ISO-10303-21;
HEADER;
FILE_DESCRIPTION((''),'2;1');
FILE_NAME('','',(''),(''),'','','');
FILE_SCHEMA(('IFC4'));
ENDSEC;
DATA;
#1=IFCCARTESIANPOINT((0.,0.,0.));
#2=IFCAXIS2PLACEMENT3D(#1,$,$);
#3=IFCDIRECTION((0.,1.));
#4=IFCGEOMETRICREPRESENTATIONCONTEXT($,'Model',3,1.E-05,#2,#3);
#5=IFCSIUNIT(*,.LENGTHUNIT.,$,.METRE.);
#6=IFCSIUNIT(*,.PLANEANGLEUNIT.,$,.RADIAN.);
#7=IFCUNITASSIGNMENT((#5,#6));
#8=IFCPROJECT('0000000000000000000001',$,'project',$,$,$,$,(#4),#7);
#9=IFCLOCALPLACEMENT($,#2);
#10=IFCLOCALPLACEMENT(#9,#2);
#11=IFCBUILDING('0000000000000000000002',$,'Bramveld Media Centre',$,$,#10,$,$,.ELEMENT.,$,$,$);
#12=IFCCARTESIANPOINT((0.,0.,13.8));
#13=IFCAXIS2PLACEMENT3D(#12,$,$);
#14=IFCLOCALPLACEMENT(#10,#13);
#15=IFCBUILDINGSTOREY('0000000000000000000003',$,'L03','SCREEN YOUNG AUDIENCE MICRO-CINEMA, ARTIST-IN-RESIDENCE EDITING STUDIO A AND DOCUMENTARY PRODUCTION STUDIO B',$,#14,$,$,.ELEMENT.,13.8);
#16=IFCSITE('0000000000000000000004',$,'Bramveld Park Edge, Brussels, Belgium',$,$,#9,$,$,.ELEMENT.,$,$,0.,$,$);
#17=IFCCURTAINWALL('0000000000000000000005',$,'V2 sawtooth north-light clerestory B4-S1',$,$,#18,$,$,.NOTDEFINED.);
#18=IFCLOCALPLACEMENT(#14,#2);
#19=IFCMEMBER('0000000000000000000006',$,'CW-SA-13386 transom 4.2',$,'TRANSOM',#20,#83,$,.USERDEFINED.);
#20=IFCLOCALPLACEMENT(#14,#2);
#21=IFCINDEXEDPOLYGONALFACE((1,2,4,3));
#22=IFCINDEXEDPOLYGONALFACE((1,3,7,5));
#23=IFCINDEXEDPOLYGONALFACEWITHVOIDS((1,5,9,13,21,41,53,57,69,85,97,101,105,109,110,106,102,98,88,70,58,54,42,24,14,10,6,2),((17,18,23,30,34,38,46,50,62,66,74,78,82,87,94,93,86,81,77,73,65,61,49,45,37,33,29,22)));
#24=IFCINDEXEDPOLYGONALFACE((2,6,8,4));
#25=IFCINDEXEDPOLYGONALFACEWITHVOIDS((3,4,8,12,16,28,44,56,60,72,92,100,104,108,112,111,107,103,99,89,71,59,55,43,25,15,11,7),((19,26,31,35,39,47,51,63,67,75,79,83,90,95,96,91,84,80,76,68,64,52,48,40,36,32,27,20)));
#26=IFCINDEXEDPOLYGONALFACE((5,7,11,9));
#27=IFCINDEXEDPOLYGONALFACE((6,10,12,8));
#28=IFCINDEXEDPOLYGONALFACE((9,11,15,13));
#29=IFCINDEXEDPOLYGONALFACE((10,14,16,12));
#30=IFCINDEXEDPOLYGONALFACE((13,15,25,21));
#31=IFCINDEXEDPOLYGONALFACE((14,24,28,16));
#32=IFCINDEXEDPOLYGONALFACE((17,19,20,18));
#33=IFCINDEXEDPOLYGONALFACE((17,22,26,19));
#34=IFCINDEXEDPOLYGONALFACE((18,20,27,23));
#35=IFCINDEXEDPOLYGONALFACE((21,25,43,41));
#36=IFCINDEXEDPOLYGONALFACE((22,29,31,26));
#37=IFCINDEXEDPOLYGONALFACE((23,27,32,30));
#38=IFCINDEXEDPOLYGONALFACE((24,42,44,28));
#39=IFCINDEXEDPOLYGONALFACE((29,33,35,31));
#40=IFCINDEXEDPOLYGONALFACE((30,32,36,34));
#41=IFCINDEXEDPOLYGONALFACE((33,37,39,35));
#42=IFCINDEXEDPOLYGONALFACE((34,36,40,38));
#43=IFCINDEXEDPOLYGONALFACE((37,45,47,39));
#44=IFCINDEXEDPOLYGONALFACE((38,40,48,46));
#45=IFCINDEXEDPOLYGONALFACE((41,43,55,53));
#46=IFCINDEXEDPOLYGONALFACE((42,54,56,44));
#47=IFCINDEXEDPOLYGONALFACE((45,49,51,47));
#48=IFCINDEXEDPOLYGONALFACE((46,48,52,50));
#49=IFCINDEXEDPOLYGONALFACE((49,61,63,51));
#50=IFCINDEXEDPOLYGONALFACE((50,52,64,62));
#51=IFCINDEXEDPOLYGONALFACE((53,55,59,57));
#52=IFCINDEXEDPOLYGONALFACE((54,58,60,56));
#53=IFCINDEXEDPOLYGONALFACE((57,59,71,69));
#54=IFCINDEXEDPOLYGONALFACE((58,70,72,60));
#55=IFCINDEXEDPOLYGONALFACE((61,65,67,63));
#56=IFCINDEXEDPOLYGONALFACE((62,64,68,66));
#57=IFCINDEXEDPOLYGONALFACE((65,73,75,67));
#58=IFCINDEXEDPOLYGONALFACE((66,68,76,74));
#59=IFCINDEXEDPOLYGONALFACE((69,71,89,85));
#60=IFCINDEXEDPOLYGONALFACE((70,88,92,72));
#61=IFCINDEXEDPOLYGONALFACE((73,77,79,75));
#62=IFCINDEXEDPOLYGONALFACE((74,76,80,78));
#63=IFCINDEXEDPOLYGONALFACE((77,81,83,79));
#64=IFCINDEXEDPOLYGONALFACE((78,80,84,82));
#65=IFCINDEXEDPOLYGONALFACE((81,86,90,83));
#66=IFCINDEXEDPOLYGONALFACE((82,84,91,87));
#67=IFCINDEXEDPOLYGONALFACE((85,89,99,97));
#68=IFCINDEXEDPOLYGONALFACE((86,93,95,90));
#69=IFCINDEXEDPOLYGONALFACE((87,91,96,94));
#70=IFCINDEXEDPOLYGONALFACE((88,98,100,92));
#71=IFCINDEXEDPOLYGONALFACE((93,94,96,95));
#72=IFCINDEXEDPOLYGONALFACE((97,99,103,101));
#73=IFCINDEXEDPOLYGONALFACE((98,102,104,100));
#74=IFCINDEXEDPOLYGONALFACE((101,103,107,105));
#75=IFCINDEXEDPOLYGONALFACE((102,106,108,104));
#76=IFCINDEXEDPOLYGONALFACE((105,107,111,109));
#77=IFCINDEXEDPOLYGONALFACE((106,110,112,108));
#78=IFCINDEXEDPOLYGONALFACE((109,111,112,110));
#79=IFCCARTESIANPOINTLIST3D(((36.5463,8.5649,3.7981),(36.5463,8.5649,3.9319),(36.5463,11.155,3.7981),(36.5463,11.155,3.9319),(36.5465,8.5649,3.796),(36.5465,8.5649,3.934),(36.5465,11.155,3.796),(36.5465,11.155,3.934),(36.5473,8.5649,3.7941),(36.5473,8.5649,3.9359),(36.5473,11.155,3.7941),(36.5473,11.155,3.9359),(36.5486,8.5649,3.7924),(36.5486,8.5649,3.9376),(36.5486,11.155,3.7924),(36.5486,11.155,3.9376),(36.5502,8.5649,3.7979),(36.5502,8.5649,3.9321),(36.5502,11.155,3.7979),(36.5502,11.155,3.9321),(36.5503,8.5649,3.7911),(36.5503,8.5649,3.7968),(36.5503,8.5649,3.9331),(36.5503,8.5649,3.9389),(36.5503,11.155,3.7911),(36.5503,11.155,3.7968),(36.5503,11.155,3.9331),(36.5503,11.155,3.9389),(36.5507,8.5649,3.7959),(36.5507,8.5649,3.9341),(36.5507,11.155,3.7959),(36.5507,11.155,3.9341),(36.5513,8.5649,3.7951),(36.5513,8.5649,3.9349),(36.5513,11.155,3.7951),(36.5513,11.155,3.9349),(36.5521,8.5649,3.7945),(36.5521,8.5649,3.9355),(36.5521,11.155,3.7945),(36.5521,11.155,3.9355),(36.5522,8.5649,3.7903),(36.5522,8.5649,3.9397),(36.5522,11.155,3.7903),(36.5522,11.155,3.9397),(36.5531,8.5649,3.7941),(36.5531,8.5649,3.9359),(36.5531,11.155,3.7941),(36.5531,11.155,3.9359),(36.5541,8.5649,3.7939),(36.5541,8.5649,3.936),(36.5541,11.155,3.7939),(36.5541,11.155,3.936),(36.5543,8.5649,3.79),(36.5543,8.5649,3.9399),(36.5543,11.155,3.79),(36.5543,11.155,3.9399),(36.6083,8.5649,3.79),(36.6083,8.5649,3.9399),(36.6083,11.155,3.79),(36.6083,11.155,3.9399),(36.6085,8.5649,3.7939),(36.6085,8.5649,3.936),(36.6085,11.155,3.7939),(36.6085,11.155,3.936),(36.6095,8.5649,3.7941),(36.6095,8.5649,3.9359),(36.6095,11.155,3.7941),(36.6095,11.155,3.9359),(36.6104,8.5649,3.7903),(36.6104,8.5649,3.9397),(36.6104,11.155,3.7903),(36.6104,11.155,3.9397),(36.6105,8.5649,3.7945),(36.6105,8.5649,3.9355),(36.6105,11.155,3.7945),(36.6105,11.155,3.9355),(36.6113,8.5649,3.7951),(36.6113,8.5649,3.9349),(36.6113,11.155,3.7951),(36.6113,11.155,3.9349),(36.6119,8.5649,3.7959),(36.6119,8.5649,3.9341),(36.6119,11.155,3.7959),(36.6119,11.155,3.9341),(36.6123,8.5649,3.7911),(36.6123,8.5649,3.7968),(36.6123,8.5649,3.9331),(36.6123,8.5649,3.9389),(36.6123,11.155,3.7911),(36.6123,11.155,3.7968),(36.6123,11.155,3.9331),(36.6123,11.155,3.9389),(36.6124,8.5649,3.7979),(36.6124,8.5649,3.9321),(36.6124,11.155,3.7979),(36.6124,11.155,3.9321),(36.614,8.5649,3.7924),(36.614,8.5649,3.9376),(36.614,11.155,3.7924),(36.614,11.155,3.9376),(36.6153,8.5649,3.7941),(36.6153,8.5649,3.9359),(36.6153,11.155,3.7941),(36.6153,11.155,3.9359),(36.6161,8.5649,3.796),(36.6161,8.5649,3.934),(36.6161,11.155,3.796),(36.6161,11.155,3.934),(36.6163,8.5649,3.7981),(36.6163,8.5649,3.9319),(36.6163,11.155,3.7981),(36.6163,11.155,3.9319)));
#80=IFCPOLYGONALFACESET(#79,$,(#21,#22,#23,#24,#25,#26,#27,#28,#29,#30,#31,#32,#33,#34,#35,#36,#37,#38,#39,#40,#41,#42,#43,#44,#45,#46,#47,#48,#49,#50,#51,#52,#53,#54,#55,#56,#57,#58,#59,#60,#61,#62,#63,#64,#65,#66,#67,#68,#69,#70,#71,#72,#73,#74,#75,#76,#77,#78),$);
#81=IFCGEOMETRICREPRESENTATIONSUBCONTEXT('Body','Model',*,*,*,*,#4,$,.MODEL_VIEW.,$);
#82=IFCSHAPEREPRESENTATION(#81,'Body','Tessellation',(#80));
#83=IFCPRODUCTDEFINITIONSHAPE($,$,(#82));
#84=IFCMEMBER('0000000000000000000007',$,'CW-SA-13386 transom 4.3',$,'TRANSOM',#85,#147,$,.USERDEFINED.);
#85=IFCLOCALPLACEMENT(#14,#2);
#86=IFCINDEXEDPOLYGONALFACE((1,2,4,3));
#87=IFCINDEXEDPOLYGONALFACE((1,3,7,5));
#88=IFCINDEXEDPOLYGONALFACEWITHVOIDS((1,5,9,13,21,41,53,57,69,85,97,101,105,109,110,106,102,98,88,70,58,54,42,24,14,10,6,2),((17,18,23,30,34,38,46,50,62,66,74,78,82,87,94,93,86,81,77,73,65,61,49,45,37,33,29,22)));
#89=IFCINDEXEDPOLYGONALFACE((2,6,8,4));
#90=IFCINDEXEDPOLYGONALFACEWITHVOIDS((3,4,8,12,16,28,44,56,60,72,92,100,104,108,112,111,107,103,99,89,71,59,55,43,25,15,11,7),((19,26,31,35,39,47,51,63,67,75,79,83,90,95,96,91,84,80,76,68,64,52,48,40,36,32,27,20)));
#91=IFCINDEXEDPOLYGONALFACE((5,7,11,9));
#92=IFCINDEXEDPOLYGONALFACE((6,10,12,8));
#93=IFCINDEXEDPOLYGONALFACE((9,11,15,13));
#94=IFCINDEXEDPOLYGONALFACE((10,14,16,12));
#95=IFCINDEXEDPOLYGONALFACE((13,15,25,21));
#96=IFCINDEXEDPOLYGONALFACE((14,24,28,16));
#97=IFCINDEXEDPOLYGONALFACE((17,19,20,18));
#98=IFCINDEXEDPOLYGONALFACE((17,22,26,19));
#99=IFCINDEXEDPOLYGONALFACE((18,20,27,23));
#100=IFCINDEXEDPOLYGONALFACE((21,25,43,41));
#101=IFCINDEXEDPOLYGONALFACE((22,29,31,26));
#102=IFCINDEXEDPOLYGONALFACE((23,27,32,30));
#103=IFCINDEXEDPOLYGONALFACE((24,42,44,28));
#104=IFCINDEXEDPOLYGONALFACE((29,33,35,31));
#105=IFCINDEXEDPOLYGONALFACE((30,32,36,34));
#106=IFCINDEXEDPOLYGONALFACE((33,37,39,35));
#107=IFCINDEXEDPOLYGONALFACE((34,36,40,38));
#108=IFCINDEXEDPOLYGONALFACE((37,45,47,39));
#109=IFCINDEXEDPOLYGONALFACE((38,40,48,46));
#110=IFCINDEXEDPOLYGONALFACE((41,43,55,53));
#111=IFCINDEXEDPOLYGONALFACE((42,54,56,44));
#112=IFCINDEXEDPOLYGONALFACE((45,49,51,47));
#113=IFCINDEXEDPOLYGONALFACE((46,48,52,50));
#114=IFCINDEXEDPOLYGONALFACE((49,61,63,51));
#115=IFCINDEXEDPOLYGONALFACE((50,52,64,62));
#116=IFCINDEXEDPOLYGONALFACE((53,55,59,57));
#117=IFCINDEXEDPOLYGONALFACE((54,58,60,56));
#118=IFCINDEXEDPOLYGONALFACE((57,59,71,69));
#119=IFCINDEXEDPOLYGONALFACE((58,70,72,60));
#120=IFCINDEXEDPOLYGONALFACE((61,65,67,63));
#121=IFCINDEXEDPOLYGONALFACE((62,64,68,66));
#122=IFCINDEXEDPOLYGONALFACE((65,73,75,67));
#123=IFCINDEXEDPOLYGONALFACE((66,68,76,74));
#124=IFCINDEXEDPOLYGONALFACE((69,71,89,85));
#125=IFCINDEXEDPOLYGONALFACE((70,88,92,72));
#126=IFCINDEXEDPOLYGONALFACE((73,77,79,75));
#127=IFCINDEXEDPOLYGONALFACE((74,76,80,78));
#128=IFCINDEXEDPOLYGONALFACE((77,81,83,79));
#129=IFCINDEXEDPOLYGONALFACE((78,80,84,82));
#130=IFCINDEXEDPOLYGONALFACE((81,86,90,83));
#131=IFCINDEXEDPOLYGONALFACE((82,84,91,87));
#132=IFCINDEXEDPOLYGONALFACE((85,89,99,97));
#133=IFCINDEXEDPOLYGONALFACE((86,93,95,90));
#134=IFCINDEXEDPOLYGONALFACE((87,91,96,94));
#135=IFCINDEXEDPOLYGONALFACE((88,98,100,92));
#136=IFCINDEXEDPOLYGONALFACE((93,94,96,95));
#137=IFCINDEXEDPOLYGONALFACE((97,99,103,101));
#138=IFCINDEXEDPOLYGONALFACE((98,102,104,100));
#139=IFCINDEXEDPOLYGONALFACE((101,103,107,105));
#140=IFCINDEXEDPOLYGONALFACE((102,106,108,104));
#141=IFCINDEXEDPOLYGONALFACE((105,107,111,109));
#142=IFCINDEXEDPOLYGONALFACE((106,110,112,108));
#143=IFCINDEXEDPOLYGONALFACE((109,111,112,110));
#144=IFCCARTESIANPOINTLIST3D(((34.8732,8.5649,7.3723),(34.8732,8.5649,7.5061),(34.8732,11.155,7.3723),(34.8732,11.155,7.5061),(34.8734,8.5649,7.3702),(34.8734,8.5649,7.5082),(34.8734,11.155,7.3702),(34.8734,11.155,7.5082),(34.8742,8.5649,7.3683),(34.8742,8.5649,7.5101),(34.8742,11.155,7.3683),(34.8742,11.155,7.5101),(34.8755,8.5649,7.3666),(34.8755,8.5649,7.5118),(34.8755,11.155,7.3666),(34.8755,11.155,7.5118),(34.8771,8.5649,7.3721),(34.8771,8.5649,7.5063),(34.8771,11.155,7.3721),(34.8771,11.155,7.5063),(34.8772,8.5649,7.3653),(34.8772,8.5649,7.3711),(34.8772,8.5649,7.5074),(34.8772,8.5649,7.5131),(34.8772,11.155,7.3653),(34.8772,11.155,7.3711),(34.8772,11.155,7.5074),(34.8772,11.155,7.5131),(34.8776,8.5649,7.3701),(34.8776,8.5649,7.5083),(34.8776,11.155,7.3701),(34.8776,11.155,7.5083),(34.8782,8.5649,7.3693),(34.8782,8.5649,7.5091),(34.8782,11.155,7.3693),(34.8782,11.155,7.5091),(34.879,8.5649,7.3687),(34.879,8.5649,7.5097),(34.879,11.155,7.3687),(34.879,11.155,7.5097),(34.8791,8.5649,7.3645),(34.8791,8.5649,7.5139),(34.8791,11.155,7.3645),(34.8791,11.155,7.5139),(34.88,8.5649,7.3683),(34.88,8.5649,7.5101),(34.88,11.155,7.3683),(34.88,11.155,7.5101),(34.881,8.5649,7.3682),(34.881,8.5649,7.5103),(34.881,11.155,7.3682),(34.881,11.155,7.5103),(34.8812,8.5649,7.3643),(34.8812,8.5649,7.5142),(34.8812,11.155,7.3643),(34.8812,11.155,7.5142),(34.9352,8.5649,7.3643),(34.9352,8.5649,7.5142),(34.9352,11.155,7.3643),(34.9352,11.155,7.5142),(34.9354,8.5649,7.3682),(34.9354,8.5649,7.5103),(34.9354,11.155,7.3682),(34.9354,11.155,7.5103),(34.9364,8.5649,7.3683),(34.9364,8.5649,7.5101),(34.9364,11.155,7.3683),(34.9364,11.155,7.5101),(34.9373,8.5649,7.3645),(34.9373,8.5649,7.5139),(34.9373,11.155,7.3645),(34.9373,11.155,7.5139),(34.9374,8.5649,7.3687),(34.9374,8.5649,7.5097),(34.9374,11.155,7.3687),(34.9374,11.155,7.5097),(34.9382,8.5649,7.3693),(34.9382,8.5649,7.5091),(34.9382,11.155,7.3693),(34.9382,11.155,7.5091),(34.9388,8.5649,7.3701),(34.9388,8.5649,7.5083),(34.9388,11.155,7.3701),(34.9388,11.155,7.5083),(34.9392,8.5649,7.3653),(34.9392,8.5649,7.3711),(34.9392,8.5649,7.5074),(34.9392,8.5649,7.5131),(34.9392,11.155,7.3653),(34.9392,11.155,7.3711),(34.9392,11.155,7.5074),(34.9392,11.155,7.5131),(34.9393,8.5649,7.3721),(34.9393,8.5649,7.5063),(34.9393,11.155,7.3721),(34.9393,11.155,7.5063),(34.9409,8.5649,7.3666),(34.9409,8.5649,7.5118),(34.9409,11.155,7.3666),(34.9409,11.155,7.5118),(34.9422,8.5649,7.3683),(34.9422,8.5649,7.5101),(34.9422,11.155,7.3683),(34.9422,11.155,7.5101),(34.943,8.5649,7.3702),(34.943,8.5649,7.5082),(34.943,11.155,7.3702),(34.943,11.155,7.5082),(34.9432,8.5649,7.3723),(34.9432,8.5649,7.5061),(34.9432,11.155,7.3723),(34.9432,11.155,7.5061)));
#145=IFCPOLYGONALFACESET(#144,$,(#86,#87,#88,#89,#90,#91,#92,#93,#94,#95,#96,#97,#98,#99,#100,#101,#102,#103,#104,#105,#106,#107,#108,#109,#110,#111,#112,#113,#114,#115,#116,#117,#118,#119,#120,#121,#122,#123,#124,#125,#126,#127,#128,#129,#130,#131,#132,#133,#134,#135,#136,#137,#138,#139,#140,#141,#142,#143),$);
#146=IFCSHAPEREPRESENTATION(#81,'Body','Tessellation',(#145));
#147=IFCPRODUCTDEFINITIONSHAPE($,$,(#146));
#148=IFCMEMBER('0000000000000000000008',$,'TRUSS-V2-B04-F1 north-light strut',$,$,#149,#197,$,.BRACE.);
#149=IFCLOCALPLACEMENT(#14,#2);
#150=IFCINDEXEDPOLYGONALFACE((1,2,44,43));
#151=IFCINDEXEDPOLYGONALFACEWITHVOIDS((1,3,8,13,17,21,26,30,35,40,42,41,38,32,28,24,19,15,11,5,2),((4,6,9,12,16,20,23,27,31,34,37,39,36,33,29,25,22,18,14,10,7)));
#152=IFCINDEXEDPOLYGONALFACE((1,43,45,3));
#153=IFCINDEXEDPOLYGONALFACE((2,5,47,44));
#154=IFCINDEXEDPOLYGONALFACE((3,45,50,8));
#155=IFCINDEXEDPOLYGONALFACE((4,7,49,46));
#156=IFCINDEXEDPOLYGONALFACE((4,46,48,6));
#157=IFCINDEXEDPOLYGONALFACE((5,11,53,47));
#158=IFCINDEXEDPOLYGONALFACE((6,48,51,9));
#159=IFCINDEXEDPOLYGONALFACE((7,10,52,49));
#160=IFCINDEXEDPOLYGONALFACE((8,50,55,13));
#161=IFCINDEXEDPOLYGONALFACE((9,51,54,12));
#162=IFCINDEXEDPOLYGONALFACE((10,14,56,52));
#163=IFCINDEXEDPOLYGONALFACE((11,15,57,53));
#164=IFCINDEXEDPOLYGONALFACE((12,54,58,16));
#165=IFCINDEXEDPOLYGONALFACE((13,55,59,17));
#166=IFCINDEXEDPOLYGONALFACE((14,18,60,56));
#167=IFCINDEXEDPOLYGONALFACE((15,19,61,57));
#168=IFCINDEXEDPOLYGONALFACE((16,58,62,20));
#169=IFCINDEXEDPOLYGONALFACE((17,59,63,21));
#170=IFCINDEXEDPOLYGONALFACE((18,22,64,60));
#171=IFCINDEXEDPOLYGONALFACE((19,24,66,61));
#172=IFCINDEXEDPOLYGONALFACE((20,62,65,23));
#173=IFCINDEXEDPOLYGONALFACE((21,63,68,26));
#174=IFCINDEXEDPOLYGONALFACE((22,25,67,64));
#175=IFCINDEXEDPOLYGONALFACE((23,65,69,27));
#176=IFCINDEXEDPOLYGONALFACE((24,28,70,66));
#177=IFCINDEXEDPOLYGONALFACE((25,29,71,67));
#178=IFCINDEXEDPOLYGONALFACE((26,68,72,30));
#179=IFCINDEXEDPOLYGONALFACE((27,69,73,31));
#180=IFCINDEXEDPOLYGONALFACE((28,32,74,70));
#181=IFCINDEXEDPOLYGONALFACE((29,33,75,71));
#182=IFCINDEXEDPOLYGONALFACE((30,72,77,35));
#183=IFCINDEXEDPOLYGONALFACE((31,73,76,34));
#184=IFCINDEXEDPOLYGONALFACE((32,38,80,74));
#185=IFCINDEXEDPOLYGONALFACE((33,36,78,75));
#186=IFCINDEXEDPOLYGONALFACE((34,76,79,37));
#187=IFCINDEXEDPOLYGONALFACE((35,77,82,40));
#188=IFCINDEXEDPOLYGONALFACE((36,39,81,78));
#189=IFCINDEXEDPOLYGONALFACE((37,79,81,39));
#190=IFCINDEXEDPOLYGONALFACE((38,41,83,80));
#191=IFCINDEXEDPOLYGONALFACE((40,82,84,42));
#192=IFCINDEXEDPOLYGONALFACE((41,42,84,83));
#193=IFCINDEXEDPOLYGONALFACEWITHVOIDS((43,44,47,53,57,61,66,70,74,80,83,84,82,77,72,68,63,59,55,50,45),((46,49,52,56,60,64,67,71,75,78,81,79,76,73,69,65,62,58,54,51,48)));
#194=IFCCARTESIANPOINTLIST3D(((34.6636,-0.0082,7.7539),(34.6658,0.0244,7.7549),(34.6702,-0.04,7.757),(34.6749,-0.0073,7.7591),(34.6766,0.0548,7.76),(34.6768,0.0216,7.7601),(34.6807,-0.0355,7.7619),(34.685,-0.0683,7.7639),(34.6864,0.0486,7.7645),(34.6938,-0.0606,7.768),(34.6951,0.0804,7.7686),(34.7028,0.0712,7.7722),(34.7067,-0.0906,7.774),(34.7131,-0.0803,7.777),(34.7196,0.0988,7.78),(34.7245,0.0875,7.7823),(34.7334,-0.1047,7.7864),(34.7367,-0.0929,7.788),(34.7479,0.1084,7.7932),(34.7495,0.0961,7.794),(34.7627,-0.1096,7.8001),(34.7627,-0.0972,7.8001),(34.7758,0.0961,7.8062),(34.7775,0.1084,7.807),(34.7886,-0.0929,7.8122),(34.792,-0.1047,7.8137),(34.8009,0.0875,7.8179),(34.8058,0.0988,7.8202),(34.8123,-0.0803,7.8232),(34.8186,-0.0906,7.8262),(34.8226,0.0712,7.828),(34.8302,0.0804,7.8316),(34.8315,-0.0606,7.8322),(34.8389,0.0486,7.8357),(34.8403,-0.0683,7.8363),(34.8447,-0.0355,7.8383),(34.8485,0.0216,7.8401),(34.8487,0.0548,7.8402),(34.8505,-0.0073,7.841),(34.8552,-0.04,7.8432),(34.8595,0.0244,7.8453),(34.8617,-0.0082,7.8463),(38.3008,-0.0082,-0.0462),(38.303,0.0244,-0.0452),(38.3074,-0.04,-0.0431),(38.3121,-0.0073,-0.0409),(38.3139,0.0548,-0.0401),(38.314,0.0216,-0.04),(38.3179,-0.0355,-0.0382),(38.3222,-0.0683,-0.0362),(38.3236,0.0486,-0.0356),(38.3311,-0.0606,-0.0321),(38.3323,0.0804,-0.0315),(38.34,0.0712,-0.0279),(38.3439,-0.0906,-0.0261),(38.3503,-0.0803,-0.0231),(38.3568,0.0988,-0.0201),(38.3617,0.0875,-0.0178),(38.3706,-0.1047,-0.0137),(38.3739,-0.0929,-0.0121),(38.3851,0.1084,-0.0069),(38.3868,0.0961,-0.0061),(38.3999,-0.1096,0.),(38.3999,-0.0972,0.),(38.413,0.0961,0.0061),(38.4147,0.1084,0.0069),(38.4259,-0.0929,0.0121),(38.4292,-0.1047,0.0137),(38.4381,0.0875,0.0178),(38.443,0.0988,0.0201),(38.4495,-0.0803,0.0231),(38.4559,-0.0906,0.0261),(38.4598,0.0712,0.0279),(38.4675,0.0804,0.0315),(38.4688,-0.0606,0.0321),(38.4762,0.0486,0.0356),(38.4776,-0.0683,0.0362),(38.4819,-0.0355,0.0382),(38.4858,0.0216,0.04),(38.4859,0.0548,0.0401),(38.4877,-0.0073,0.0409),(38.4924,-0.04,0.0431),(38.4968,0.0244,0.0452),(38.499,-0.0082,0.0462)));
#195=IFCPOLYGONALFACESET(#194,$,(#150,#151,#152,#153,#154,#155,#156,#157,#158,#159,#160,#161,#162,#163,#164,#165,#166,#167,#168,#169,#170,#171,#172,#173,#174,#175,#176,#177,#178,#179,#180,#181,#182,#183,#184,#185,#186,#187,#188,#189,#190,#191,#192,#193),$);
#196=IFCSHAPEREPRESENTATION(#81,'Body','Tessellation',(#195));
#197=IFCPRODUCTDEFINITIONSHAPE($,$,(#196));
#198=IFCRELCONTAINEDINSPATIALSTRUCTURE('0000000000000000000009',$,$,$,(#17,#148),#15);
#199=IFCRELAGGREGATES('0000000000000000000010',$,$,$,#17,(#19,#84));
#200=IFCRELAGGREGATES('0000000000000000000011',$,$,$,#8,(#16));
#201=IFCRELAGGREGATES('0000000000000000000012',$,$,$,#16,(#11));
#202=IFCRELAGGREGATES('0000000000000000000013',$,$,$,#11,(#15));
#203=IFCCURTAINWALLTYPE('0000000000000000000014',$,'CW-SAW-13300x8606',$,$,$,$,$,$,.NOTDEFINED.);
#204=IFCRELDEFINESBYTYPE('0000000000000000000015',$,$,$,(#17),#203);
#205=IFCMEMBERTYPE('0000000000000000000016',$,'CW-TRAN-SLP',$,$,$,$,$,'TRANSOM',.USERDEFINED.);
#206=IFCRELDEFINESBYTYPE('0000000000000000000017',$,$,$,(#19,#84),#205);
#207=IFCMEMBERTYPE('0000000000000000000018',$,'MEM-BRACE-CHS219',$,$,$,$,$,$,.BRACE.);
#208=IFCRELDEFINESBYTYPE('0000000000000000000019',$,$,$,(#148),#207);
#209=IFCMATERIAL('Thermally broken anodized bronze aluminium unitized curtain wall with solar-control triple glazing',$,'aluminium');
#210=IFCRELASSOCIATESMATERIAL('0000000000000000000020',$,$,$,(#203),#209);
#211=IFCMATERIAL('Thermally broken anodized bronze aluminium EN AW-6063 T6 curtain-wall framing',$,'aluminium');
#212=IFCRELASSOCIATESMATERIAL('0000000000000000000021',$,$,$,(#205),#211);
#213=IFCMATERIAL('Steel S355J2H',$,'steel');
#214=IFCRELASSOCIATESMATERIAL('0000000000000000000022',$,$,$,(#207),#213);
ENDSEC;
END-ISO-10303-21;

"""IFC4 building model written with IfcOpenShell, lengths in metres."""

from ifc_helpers import new_model, si_unit, direction, frame, origin, origin_2d, place, context, subcontext, project, spatial, hollow_rectangle, hollow_circle, extrude, material, material_profile, profile_set, type_object, element, aggregate, save


model = new_model("IFC4")

# Units and contexts
model_context = context("Model", 3, precision=1e-05, world=origin(), true_north=direction((0.0, 1.0)))
body_context = subcontext(model_context, "Body", "Model", "MODEL_VIEW")
ifc_project = project(units=[si_unit("LENGTHUNIT", "METRE"), si_unit("PLANEANGLEUNIT", "RADIAN")], contexts=[model_context])

# Site, building, storey
site_placement = place(None, origin())
site = spatial("IfcSite", under=ifc_project, at=site_placement, Name="Bramveld Park Edge, Brussels, Belgium", CompositionType="ELEMENT", RefElevation=0.0)
building_placement = place(site_placement, origin())
building = spatial("IfcBuilding", under=site, at=building_placement, Name="Bramveld Media Centre", CompositionType="ELEMENT")
storey_placement = place(building_placement, frame((0.0, 0.0, 13.8)))
storey = spatial("IfcBuildingStorey", under=building, at=storey_placement, Name="L03", Description="SCREEN YOUNG AUDIENCE MICRO-CINEMA, ARTIST-IN-RESIDENCE EDITING STUDIO A AND DOCUMENTARY PRODUCTION STUDIO B", CompositionType="ELEMENT", Elevation=13.8)

# Curtain wall, members
ifc_material_1 = material(Name="Thermally broken anodized bronze aluminium unitized curtain wall with solar-control triple glazing", Category="aluminium")
curtain_wall_type = type_object("IfcCurtainWallType", Name="CW-SAW-13300x8606", PredefinedType="NOTDEFINED", material=ifc_material_1)
curtain_wall_placement = place(storey_placement, origin())
curtain_wall = element("IfcCurtainWall", 1, at=curtain_wall_placement, inside=storey, type_object=curtain_wall_type, Name="V2 sawtooth north-light clerestory B4-S1", PredefinedType="NOTDEFINED")
ifc_material_2 = material(Name="Thermally broken anodized bronze aluminium EN AW-6063 T6 curtain-wall framing", Category="aluminium")
ifc_material_profile_1 = material_profile(ifc_material_2, hollow_rectangle(XDim=0.0701, YDim=0.1499, WallThickness=0.0039, InnerFilletRadius=0.0039, OuterFilletRadius=0.0081, at=origin_2d()), Name="AL-TRAN 70x150")
ifc_profile_set_1 = profile_set([ifc_material_profile_1], Name="Thermally broken anodized bronze aluminium EN AW-6063 T6 curtain-wall framing")
member_type_1 = type_object("IfcMemberType", Name="CW-TRAN-SLP", ElementType="TRANSOM", PredefinedType="USERDEFINED", material=ifc_profile_set_1)
member_1_placement = place(storey_placement, frame((36.5813, 8.5649, 3.865), z_axis=(0.0, 1.0, 0.0), x_axis=(-1.0, 0.0, 0.0)))
member_1 = element("IfcMember", 2, at=member_1_placement, type_object=member_type_1, Name="CW-SA-13386 transom 4.2", ObjectType="TRANSOM", PredefinedType="USERDEFINED", context=body_context, shape_type="SweptSolid", body=[
    extrude(hollow_rectangle(XDim=0.0701, YDim=0.1499, WallThickness=0.0039, InnerFilletRadius=0.0039, OuterFilletRadius=0.0081, at=origin_2d()), origin(), (0.0, 0.0, 1.0), 2.5901),
])
member_2_placement = place(storey_placement, frame((34.9082, 8.5649, 7.4392), z_axis=(0.0, 1.0, 0.0), x_axis=(-1.0, 0.0, 0.0)))
member_2 = element("IfcMember", 3, at=member_2_placement, type_object=member_type_1, Name="CW-SA-13386 transom 4.3", ObjectType="TRANSOM", PredefinedType="USERDEFINED", context=body_context, shape_type="SweptSolid", body=[
    extrude(hollow_rectangle(XDim=0.0701, YDim=0.1499, WallThickness=0.0039, InnerFilletRadius=0.0039, OuterFilletRadius=0.0081, at=origin_2d()), origin(), (0.0, 0.0, 1.0), 2.5901),
])

# Member
ifc_material_3 = material(Name="Steel S355J2H", Category="steel")
ifc_material_profile_2 = material_profile(ifc_material_3, hollow_circle(Radius=0.1096, WallThickness=0.0125, at=origin_2d()), Name="CHS 219.1x12.5")
ifc_profile_set_2 = profile_set([ifc_material_profile_2], Name="Steel S355J2H")
member_type_2 = type_object("IfcMemberType", Name="MEM-BRACE-CHS219", PredefinedType="BRACE", material=ifc_profile_set_2)
member_3_placement = place(storey_placement, frame((38.3999, 0.0, 0.0), z_axis=(-0.422617, 0.0, 0.906308), x_axis=(0.0, -1.0, 0.0)))
element("IfcMember", 4, at=member_3_placement, inside=storey, type_object=member_type_2, Name="TRUSS-V2-B04-F1 north-light strut", PredefinedType="BRACE", context=body_context, shape_type="SweptSolid", body=[
    extrude(hollow_circle(Radius=0.1096, WallThickness=0.0125, at=origin_2d()), origin(), (0.0, 0.0, 1.0), 8.6064),
])

aggregate(curtain_wall, [member_1, member_2])

save(model, "model.ifc")
